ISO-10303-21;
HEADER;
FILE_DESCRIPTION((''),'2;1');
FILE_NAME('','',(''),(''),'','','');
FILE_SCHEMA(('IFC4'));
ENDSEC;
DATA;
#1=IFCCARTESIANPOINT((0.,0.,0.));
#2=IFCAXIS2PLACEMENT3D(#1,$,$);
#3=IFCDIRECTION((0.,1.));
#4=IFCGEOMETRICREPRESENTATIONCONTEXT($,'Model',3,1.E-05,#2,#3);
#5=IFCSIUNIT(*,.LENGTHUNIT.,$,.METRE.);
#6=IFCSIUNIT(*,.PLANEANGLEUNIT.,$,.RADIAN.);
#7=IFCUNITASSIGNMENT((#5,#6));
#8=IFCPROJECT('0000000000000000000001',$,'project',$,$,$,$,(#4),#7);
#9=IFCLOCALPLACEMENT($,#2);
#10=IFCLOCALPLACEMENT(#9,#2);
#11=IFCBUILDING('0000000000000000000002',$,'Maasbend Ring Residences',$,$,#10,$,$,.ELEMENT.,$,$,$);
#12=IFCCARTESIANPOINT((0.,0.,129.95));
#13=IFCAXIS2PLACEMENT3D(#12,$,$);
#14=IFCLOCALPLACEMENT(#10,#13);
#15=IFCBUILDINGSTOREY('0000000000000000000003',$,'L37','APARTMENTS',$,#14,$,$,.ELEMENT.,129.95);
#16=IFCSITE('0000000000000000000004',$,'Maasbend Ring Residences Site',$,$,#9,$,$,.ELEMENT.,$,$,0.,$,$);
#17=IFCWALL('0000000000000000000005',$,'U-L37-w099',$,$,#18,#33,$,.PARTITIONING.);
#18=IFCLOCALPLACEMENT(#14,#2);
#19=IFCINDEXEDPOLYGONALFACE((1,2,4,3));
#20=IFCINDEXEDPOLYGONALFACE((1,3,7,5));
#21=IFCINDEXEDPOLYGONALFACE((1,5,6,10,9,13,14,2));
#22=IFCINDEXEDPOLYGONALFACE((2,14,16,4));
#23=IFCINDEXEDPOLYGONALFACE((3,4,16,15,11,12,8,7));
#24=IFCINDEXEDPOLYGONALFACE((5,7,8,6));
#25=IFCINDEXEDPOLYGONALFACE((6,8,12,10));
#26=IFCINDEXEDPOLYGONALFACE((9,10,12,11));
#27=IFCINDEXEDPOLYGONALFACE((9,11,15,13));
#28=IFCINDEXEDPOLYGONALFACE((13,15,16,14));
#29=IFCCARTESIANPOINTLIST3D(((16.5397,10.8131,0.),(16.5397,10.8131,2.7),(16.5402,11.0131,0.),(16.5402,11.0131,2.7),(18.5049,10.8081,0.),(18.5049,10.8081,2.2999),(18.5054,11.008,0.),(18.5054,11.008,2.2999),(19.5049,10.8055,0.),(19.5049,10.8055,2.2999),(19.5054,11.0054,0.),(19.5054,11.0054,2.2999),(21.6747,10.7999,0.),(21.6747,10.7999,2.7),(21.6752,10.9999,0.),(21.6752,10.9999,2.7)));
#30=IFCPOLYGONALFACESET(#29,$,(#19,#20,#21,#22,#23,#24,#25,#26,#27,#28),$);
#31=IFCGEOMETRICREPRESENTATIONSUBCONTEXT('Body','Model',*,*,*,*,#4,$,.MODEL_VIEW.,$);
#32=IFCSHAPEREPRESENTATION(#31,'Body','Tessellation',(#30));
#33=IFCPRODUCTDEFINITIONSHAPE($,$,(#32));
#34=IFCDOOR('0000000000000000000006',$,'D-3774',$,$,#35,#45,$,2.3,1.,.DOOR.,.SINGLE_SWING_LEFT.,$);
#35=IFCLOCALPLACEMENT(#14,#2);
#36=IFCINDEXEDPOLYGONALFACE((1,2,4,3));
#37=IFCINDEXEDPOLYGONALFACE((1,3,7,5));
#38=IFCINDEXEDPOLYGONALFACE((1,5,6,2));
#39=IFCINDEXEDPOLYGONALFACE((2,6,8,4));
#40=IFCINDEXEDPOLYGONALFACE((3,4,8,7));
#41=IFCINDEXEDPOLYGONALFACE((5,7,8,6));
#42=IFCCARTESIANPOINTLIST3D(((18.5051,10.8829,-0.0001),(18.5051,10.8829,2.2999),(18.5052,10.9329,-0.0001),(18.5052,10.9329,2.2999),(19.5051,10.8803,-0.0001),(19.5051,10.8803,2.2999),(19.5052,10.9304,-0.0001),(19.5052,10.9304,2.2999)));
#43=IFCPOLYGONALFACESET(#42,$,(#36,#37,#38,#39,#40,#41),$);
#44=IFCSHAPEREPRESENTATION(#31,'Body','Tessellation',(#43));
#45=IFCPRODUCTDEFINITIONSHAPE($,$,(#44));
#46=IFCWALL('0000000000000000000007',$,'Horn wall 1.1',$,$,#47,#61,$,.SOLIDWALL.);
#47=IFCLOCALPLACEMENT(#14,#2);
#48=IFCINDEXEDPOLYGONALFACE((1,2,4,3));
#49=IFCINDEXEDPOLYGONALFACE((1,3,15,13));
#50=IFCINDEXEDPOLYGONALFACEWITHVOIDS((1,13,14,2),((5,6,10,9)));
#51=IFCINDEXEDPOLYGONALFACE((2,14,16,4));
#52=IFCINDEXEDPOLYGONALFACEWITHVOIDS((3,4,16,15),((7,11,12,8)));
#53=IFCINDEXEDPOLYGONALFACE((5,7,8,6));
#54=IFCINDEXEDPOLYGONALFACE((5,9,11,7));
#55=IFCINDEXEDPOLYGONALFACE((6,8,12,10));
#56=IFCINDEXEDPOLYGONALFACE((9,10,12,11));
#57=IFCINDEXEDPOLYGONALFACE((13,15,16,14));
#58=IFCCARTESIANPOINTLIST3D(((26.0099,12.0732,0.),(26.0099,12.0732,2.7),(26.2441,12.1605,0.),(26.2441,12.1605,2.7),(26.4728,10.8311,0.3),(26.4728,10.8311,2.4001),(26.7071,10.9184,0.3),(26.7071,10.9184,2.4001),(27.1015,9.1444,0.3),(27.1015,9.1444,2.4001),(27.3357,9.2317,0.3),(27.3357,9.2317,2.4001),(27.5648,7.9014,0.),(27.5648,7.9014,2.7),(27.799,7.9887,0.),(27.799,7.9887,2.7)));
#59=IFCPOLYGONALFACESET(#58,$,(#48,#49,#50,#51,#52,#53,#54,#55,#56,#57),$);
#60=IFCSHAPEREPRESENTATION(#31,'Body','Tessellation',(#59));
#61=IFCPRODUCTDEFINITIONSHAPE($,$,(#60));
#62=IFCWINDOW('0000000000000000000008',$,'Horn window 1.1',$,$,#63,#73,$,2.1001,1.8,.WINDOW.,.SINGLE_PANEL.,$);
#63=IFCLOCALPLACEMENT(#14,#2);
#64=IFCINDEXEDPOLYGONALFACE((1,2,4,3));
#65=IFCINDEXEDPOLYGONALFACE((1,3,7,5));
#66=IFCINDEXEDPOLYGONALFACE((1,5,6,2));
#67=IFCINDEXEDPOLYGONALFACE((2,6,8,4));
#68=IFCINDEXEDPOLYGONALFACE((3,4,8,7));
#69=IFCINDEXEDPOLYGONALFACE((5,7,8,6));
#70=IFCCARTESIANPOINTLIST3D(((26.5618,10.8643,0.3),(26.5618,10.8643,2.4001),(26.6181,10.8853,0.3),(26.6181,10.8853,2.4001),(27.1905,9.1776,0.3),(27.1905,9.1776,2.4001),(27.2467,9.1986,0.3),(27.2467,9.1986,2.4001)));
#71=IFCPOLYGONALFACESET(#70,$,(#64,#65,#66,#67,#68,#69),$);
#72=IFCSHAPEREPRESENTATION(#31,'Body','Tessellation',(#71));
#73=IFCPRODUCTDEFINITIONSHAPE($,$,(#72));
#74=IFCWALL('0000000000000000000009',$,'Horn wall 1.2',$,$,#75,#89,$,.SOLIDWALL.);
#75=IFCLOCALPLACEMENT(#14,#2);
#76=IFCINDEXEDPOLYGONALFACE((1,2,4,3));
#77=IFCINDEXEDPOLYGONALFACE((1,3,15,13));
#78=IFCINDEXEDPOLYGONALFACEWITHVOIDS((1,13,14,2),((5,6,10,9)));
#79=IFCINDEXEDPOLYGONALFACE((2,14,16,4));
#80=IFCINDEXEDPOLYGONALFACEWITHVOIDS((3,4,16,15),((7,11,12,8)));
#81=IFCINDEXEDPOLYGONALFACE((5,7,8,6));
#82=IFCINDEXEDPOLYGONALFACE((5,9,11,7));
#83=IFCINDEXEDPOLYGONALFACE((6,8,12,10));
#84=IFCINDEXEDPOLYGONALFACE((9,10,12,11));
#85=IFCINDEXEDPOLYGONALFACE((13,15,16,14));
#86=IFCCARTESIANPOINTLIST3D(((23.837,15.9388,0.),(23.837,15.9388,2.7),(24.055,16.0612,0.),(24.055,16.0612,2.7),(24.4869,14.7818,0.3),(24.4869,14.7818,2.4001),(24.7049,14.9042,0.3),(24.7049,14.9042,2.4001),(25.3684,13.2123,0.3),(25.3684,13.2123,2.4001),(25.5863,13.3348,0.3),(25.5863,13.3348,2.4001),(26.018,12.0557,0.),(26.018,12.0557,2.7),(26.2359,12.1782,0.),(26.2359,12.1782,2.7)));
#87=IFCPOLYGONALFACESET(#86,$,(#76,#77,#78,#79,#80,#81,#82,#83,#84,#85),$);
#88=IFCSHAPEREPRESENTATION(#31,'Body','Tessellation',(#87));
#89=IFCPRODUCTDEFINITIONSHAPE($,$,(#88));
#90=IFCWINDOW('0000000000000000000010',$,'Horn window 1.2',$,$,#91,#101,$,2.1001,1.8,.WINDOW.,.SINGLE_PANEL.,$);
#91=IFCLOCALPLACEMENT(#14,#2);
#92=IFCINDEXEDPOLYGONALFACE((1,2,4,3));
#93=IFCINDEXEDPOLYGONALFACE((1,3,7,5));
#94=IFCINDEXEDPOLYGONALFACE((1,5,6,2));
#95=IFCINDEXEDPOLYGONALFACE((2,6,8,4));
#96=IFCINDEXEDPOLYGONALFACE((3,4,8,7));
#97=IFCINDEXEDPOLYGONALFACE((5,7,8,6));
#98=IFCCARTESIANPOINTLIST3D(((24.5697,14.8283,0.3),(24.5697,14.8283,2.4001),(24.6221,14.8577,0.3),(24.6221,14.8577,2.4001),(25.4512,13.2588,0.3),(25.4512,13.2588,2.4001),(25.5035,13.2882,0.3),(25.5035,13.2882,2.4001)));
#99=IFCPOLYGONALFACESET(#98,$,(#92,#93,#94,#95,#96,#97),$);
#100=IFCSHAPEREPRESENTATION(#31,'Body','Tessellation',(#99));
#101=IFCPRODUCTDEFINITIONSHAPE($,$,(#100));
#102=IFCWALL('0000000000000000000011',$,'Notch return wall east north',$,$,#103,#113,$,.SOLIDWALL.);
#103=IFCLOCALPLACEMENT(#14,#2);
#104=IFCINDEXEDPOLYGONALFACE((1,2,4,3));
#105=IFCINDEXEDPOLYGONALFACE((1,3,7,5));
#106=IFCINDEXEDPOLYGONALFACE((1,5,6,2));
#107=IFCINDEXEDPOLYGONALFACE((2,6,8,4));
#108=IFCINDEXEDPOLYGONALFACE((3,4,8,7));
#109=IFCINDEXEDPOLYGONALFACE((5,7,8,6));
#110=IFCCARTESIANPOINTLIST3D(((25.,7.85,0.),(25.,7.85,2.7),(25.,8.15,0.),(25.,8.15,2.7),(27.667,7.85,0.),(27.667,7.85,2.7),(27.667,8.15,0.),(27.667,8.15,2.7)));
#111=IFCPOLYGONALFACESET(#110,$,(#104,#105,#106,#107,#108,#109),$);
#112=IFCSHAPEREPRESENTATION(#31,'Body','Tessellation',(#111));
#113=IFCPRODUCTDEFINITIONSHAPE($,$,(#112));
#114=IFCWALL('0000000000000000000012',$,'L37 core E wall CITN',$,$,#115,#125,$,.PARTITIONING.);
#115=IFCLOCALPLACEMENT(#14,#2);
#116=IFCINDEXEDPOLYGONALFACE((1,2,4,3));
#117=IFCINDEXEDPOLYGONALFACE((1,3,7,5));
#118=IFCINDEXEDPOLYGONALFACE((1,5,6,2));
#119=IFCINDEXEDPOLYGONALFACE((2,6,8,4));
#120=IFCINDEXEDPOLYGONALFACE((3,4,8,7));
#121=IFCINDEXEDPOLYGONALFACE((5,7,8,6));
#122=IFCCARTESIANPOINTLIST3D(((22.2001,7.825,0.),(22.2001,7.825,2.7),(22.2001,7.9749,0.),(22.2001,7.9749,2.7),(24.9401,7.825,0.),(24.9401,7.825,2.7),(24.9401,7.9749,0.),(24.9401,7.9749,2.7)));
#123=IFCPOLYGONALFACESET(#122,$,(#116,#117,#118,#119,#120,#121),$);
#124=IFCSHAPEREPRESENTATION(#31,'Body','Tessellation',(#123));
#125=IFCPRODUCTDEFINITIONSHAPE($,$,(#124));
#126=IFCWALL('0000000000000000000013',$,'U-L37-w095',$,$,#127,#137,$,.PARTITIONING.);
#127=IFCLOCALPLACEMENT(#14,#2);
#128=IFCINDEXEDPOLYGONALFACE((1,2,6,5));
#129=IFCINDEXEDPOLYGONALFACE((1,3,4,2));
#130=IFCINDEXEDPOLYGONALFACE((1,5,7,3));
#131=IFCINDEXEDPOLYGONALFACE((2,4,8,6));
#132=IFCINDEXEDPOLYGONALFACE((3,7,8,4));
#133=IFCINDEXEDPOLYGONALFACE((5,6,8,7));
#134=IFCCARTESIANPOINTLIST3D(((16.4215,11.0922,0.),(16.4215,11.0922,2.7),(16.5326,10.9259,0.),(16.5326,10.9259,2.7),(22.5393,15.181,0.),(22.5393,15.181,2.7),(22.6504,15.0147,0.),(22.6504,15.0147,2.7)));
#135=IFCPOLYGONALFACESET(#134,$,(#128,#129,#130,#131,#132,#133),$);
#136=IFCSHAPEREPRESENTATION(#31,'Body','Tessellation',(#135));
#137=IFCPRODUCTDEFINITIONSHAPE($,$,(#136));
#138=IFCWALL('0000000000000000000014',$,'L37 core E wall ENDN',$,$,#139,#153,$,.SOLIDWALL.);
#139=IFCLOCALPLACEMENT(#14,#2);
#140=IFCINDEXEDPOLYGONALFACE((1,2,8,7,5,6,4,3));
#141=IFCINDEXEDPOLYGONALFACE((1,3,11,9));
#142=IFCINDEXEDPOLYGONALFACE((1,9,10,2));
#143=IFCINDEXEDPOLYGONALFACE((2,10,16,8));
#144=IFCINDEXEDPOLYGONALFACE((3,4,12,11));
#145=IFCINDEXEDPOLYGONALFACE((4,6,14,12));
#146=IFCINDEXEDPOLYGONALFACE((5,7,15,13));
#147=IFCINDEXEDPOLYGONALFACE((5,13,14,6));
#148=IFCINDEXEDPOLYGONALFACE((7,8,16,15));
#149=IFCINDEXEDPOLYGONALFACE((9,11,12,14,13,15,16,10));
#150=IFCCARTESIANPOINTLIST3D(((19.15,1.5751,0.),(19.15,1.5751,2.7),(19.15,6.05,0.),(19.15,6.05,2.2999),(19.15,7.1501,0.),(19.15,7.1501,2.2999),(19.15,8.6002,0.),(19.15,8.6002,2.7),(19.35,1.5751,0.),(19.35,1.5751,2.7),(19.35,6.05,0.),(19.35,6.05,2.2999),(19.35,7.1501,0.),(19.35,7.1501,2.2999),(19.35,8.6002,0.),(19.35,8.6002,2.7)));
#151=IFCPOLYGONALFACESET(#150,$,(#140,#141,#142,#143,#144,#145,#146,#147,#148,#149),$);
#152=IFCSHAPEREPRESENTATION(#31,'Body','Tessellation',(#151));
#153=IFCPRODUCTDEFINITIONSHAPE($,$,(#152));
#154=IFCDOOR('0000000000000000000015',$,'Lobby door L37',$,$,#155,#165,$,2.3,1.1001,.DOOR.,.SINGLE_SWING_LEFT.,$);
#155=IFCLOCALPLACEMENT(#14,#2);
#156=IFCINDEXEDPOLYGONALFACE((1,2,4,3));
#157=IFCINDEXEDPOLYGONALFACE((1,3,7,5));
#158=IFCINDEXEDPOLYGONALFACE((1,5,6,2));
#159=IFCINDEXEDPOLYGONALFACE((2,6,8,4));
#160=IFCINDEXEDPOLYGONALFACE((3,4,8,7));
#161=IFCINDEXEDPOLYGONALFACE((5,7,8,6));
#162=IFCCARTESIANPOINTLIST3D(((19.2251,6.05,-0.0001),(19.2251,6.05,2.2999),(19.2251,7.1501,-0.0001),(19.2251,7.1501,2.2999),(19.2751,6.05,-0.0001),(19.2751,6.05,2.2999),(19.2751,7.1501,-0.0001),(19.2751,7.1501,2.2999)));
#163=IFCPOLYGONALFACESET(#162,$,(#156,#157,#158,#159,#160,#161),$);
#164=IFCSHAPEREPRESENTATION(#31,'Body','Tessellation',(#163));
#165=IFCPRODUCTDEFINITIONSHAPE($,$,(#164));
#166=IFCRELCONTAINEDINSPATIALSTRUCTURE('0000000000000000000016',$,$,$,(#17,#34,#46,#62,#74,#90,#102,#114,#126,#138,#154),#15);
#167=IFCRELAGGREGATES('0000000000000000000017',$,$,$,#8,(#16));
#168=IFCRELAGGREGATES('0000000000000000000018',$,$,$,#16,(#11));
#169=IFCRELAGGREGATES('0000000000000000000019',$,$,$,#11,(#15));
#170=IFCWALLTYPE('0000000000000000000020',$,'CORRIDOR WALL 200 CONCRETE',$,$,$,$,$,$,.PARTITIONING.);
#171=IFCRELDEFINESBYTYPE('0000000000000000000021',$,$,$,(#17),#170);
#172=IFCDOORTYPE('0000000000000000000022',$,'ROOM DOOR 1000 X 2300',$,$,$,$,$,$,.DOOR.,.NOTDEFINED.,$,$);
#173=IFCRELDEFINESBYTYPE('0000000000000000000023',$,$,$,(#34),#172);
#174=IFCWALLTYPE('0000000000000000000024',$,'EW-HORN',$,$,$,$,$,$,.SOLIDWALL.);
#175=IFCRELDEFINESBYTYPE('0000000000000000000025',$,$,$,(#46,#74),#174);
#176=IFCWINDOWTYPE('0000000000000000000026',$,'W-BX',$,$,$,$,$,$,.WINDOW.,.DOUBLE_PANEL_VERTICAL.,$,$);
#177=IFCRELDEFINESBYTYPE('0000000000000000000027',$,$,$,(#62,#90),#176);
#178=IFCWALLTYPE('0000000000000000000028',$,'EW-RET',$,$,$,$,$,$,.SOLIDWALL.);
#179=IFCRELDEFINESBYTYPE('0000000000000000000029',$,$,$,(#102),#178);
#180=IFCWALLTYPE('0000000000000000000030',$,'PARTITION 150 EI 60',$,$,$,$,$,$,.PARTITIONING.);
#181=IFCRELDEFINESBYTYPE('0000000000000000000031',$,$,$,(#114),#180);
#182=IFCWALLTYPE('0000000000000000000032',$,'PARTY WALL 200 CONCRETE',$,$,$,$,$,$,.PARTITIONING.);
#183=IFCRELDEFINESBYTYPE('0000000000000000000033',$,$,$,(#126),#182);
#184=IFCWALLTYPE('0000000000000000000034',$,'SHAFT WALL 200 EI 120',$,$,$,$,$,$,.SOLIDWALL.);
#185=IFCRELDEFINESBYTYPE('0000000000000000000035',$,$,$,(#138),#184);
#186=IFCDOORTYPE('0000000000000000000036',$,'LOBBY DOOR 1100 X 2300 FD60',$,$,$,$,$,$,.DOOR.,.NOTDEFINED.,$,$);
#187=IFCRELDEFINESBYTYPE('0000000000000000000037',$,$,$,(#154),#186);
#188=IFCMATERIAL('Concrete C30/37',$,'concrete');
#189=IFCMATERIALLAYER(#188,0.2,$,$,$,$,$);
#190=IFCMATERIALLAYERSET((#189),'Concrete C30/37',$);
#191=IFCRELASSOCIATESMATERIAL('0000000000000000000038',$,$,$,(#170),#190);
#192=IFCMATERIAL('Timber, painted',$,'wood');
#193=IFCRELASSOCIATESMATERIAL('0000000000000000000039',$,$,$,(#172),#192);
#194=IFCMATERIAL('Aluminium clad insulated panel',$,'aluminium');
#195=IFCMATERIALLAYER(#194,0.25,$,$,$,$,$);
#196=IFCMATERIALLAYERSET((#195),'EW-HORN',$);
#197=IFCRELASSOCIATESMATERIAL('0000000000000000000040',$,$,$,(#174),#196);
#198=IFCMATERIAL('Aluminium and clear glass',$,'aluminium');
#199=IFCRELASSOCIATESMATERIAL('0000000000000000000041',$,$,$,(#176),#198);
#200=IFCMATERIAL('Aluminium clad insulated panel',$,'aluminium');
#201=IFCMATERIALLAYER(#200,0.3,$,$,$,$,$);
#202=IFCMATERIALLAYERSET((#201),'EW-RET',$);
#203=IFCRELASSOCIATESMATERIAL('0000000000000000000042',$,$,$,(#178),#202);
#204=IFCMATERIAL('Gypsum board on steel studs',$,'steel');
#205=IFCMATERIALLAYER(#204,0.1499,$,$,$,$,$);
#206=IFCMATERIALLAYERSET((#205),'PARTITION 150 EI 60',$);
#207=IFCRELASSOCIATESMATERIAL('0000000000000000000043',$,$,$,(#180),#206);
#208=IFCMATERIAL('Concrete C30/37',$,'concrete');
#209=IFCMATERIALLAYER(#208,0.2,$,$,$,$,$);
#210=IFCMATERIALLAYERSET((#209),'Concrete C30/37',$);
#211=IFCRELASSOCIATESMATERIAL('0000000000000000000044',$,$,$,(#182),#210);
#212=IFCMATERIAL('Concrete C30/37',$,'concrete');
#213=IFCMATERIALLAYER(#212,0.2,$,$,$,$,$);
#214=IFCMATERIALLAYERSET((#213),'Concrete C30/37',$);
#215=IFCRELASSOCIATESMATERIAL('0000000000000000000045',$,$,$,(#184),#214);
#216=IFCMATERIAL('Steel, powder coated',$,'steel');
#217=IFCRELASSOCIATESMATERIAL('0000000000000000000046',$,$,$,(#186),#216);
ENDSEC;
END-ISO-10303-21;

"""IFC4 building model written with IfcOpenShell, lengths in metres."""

from ifc_helpers import new_model, si_unit, direction, frame, frame_2d, origin, place, context, subcontext, project, spatial, rectangle, extrude, material, layer, layer_set, type_object, element, fill, save


model = new_model("IFC4")

# Units and contexts
model_context = context("Model", 3, precision=1e-05, world=origin(), true_north=direction((0.0, 1.0)))
body_context = subcontext(model_context, "Body", "Model", "MODEL_VIEW")
ifc_project = project(units=[si_unit("LENGTHUNIT", "METRE"), si_unit("PLANEANGLEUNIT", "RADIAN")], contexts=[model_context])

# Site, building, storey
site_placement = place(None, origin())
site = spatial("IfcSite", under=ifc_project, at=site_placement, Name="Maasbend Ring Residences Site", CompositionType="ELEMENT", RefElevation=0.0)
building_placement = place(site_placement, origin())
building = spatial("IfcBuilding", under=site, at=building_placement, Name="Maasbend Ring Residences", CompositionType="ELEMENT")
storey_placement = place(building_placement, frame((0.0, 0.0, 129.95)))
storey = spatial("IfcBuildingStorey", under=building, at=storey_placement, Name="L37", Description="APARTMENTS", CompositionType="ELEMENT", Elevation=129.95)

# Shared definitions
ifc_material_1 = material(Name="Concrete C30/37", Category="concrete")
ifc_layer_1 = layer(ifc_material_1, 0.2)
ifc_layer_set_1 = layer_set([ifc_layer_1], Name="Concrete C30/37")
wall_type_1 = type_object("IfcWallType", Name="CORRIDOR WALL 200 CONCRETE", PredefinedType="PARTITIONING", material=ifc_layer_set_1)

# Wall, opening, door
wall_1_placement = place(storey_placement, frame((16.54, 10.9131, 0.0), z_axis=(0.0, 0.0, 1.0), x_axis=(0.999997, -0.002567, 0.0)))
wall_1 = element("IfcWall", 1, at=wall_1_placement, inside=storey, type_object=wall_type_1, Name="U-L37-w099", PredefinedType="PARTITIONING", context=body_context, shape_type="SweptSolid", body=[
    extrude(rectangle(XDim=5.135, YDim=0.2, at=frame_2d((2.5674, 0.0))), origin(), (0.0, 0.0, 1.0), 2.7),
])
opening_1_placement = place(wall_1_placement, frame((1.9651, 0.0, 0.0)))
opening_1 = element("IfcOpeningElement", 2, at=opening_1_placement, cuts=wall_1, PredefinedType="OPENING", context=body_context, shape_type="SweptSolid", body=[
    extrude(rectangle(XDim=1.0, YDim=2.3, at=frame_2d((0.5, 1.1499))), frame((0.0, 0.1099, 0.0), z_axis=(0.0, -1.0, 0.0), x_axis=(1.0, 0.0, 0.0)), (0.0, 0.0, 1.0), 0.22),
])
ifc_material_2 = material(Name="Timber, painted", Category="wood")
door_type_1 = type_object("IfcDoorType", Name="ROOM DOOR 1000 X 2300", OperationType="NOTDEFINED", PredefinedType="DOOR", material=ifc_material_2)
door_1_placement = place(opening_1_placement, origin())
door_1 = element("IfcDoor", 3, at=door_1_placement, inside=storey, type_object=door_type_1, Name="D-3774", OperationType="SINGLE_SWING_LEFT", OverallHeight=2.3, OverallWidth=1.0, PredefinedType="DOOR", context=body_context, shape_type="SweptSolid", body=[
    extrude(rectangle(XDim=1.0, YDim=2.3, at=frame_2d((0.5, 1.1499))), frame((0.0, 0.0249, 0.0), z_axis=(0.0, -1.0, 0.0), x_axis=(1.0, 0.0, 0.0)), (0.0, 0.0, 1.0), 0.05),
])
fill(opening_1, door_1)

# Walls, openings, windows
ifc_material_3 = material(Name="Aluminium clad insulated panel", Category="aluminium")
ifc_layer_2 = layer(ifc_material_3, 0.25)
ifc_layer_set_2 = layer_set([ifc_layer_2], Name="EW-HORN")
wall_type_2 = type_object("IfcWallType", Name="EW-HORN", PredefinedType="SOLIDWALL", material=ifc_layer_set_2)
wall_2_placement = place(storey_placement, frame((27.6819, 7.9451, 0.0), z_axis=(0.0, 0.0, 1.0), x_axis=(-0.349248, 0.93703, 0.0)))
wall_2 = element("IfcWall", 4, at=wall_2_placement, inside=storey, type_object=wall_type_2, Name="Horn wall 1.1", PredefinedType="SOLIDWALL", context=body_context, shape_type="SweptSolid", body=[
    extrude(rectangle(XDim=4.4521, YDim=0.25, at=frame_2d((2.2261, 0.0))), origin(), (0.0, 0.0, 1.0), 2.7),
])
opening_2_placement = place(wall_2_placement, frame((1.3267, 0.0, 0.3)))
opening_2 = element("IfcOpeningElement", 5, at=opening_2_placement, cuts=wall_2, PredefinedType="OPENING", context=body_context, shape_type="SweptSolid", body=[
    extrude(rectangle(XDim=1.8, YDim=2.1001, at=frame_2d((0.8999, 1.05))), frame((0.0, 0.135, 0.0), z_axis=(0.0, -1.0, 0.0), x_axis=(1.0, 0.0, 0.0)), (0.0, 0.0, 1.0), 0.27),
])
ifc_material_4 = material(Name="Aluminium and clear glass", Category="aluminium")
window_type = type_object("IfcWindowType", Name="W-BX", PartitioningType="DOUBLE_PANEL_VERTICAL", PredefinedType="WINDOW", material=ifc_material_4)
window_1_placement = place(opening_2_placement, origin())
window_1 = element("IfcWindow", 6, at=window_1_placement, inside=storey, type_object=window_type, Name="Horn window 1.1", OverallHeight=2.1001, OverallWidth=1.8, PartitioningType="SINGLE_PANEL", PredefinedType="WINDOW", context=body_context, shape_type="SweptSolid", body=[
    extrude(rectangle(XDim=1.8, YDim=2.1001, at=frame_2d((0.8999, 1.05))), frame((0.0, 0.03, 0.0), z_axis=(0.0, -1.0, 0.0), x_axis=(1.0, 0.0, 0.0)), (0.0, 0.0, 1.0), 0.0601),
])
fill(opening_2, window_1)
wall_3_placement = place(storey_placement, frame((26.127, 12.1169, 0.0), z_axis=(0.0, 0.0, 1.0), x_axis=(-0.489696, 0.871893, 0.0)))
wall_3 = element("IfcWall", 7, at=wall_3_placement, inside=storey, type_object=wall_type_2, Name="Horn wall 1.2", PredefinedType="SOLIDWALL", context=body_context, shape_type="SweptSolid", body=[
    extrude(rectangle(XDim=4.4536, YDim=0.25, at=frame_2d((2.2268, 0.0))), origin(), (0.0, 0.0, 1.0), 2.7),
])
opening_3_placement = place(wall_3_placement, frame((1.3267, 0.0, 0.3)))
opening_3 = element("IfcOpeningElement", 8, at=opening_3_placement, cuts=wall_3, PredefinedType="OPENING", context=body_context, shape_type="SweptSolid", body=[
    extrude(rectangle(XDim=1.8, YDim=2.1001, at=frame_2d((0.8999, 1.05))), frame((0.0, 0.135, 0.0), z_axis=(0.0, -1.0, 0.0), x_axis=(1.0, 0.0, 0.0)), (0.0, 0.0, 1.0), 0.27),
])
window_2_placement = place(opening_3_placement, origin())
window_2 = element("IfcWindow", 9, at=window_2_placement, inside=storey, type_object=window_type, Name="Horn window 1.2", OverallHeight=2.1001, OverallWidth=1.8, PartitioningType="SINGLE_PANEL", PredefinedType="WINDOW", context=body_context, shape_type="SweptSolid", body=[
    extrude(rectangle(XDim=1.8, YDim=2.1001, at=frame_2d((0.8999, 1.05))), frame((0.0, 0.03, 0.0), z_axis=(0.0, -1.0, 0.0), x_axis=(1.0, 0.0, 0.0)), (0.0, 0.0, 1.0), 0.0601),
])
fill(opening_3, window_2)

# Walls
ifc_material_5 = material(Name="Aluminium clad insulated panel", Category="aluminium")
ifc_layer_3 = layer(ifc_material_5, 0.3)
ifc_layer_set_3 = layer_set([ifc_layer_3], Name="EW-RET")
wall_type_3 = type_object("IfcWallType", Name="EW-RET", PredefinedType="SOLIDWALL", material=ifc_layer_set_3)
wall_4_placement = place(storey_placement, frame((25.0, 8.0, 0.0), z_axis=(0.0, 0.0, 1.0), x_axis=(1.0, 0.0, 0.0)))
element("IfcWall", 10, at=wall_4_placement, inside=storey, type_object=wall_type_3, Name="Notch return wall east north", PredefinedType="SOLIDWALL", context=body_context, shape_type="SweptSolid", body=[
    extrude(rectangle(XDim=2.667, YDim=0.3, at=frame_2d((1.3335, 0.0))), origin(), (0.0, 0.0, 1.0), 2.7),
])
ifc_material_6 = material(Name="Gypsum board on steel studs", Category="steel")
ifc_layer_4 = layer(ifc_material_6, 0.1499)
ifc_layer_set_4 = layer_set([ifc_layer_4], Name="PARTITION 150 EI 60")
wall_type_4 = type_object("IfcWallType", Name="PARTITION 150 EI 60", PredefinedType="PARTITIONING", material=ifc_layer_set_4)
wall_5_placement = place(storey_placement, frame((22.2, 7.8999, 0.0), z_axis=(0.0, 0.0, 1.0), x_axis=(1.0, 0.0, 0.0)))
element("IfcWall", 11, at=wall_5_placement, inside=storey, type_object=wall_type_4, Name="L37 core E wall CITN", PredefinedType="PARTITIONING", context=body_context, shape_type="SweptSolid", body=[
    extrude(rectangle(XDim=2.74, YDim=0.1499, at=frame_2d((1.3701, 0.0))), origin(), (0.0, 0.0, 1.0), 2.7),
])
ifc_material_7 = material(Name="Concrete C30/37", Category="concrete")
ifc_layer_5 = layer(ifc_material_7, 0.2)
ifc_layer_set_5 = layer_set([ifc_layer_5], Name="Concrete C30/37")
wall_type_5 = type_object("IfcWallType", Name="PARTY WALL 200 CONCRETE", PredefinedType="PARTITIONING", material=ifc_layer_set_5)
wall_6_placement = place(storey_placement, frame((16.4771, 11.009, 0.0), z_axis=(0.0, 0.0, 1.0), x_axis=(0.831407, 0.555665, 0.0)))
element("IfcWall", 12, at=wall_6_placement, inside=storey, type_object=wall_type_5, Name="U-L37-w095", PredefinedType="PARTITIONING", context=body_context, shape_type="SweptSolid", body=[
    extrude(rectangle(XDim=7.3584, YDim=0.2, at=frame_2d((3.6792, 0.0))), origin(), (0.0, 0.0, 1.0), 2.7),
])

# Wall, opening, door
ifc_material_8 = material(Name="Concrete C30/37", Category="concrete")
ifc_layer_6 = layer(ifc_material_8, 0.2)
ifc_layer_set_6 = layer_set([ifc_layer_6], Name="Concrete C30/37")
wall_type_6 = type_object("IfcWallType", Name="SHAFT WALL 200 EI 120", PredefinedType="SOLIDWALL", material=ifc_layer_set_6)
wall_7_placement = place(storey_placement, frame((19.25, 1.575, 0.0), z_axis=(0.0, 0.0, 1.0), x_axis=(0.0, 1.0, 0.0)))
wall_7 = element("IfcWall", 13, at=wall_7_placement, inside=storey, type_object=wall_type_6, Name="L37 core E wall ENDN", PredefinedType="SOLIDWALL", context=body_context, shape_type="SweptSolid", body=[
    extrude(rectangle(XDim=7.0251, YDim=0.2, at=frame_2d((3.5127, 0.0))), origin(), (0.0, 0.0, 1.0), 2.7),
])
opening_4_placement = place(wall_7_placement, frame((4.4751, 0.0, 0.0)))
opening_4 = element("IfcOpeningElement", 14, at=opening_4_placement, cuts=wall_7, PredefinedType="OPENING", context=body_context, shape_type="SweptSolid", body=[
    extrude(rectangle(XDim=1.1001, YDim=2.3, at=frame_2d((0.55, 1.1499))), frame((0.0, 0.1099, 0.0), z_axis=(0.0, -1.0, 0.0), x_axis=(1.0, 0.0, 0.0)), (0.0, 0.0, 1.0), 0.22),
])
ifc_material_9 = material(Name="Steel, powder coated", Category="steel")
door_type_2 = type_object("IfcDoorType", Name="LOBBY DOOR 1100 X 2300 FD60", OperationType="NOTDEFINED", PredefinedType="DOOR", material=ifc_material_9)
door_2_placement = place(opening_4_placement, origin())
door_2 = element("IfcDoor", 15, at=door_2_placement, inside=storey, type_object=door_type_2, Name="Lobby door L37", OperationType="SINGLE_SWING_LEFT", OverallHeight=2.3, OverallWidth=1.1001, PredefinedType="DOOR", context=body_context, shape_type="SweptSolid", body=[
    extrude(rectangle(XDim=1.1001, YDim=2.3, at=frame_2d((0.55, 1.1499))), frame((0.0, 0.0249, 0.0), z_axis=(0.0, -1.0, 0.0), x_axis=(1.0, 0.0, 0.0)), (0.0, 0.0, 1.0), 0.05),
])
fill(opening_4, door_2)

save(model, "model.ifc")
